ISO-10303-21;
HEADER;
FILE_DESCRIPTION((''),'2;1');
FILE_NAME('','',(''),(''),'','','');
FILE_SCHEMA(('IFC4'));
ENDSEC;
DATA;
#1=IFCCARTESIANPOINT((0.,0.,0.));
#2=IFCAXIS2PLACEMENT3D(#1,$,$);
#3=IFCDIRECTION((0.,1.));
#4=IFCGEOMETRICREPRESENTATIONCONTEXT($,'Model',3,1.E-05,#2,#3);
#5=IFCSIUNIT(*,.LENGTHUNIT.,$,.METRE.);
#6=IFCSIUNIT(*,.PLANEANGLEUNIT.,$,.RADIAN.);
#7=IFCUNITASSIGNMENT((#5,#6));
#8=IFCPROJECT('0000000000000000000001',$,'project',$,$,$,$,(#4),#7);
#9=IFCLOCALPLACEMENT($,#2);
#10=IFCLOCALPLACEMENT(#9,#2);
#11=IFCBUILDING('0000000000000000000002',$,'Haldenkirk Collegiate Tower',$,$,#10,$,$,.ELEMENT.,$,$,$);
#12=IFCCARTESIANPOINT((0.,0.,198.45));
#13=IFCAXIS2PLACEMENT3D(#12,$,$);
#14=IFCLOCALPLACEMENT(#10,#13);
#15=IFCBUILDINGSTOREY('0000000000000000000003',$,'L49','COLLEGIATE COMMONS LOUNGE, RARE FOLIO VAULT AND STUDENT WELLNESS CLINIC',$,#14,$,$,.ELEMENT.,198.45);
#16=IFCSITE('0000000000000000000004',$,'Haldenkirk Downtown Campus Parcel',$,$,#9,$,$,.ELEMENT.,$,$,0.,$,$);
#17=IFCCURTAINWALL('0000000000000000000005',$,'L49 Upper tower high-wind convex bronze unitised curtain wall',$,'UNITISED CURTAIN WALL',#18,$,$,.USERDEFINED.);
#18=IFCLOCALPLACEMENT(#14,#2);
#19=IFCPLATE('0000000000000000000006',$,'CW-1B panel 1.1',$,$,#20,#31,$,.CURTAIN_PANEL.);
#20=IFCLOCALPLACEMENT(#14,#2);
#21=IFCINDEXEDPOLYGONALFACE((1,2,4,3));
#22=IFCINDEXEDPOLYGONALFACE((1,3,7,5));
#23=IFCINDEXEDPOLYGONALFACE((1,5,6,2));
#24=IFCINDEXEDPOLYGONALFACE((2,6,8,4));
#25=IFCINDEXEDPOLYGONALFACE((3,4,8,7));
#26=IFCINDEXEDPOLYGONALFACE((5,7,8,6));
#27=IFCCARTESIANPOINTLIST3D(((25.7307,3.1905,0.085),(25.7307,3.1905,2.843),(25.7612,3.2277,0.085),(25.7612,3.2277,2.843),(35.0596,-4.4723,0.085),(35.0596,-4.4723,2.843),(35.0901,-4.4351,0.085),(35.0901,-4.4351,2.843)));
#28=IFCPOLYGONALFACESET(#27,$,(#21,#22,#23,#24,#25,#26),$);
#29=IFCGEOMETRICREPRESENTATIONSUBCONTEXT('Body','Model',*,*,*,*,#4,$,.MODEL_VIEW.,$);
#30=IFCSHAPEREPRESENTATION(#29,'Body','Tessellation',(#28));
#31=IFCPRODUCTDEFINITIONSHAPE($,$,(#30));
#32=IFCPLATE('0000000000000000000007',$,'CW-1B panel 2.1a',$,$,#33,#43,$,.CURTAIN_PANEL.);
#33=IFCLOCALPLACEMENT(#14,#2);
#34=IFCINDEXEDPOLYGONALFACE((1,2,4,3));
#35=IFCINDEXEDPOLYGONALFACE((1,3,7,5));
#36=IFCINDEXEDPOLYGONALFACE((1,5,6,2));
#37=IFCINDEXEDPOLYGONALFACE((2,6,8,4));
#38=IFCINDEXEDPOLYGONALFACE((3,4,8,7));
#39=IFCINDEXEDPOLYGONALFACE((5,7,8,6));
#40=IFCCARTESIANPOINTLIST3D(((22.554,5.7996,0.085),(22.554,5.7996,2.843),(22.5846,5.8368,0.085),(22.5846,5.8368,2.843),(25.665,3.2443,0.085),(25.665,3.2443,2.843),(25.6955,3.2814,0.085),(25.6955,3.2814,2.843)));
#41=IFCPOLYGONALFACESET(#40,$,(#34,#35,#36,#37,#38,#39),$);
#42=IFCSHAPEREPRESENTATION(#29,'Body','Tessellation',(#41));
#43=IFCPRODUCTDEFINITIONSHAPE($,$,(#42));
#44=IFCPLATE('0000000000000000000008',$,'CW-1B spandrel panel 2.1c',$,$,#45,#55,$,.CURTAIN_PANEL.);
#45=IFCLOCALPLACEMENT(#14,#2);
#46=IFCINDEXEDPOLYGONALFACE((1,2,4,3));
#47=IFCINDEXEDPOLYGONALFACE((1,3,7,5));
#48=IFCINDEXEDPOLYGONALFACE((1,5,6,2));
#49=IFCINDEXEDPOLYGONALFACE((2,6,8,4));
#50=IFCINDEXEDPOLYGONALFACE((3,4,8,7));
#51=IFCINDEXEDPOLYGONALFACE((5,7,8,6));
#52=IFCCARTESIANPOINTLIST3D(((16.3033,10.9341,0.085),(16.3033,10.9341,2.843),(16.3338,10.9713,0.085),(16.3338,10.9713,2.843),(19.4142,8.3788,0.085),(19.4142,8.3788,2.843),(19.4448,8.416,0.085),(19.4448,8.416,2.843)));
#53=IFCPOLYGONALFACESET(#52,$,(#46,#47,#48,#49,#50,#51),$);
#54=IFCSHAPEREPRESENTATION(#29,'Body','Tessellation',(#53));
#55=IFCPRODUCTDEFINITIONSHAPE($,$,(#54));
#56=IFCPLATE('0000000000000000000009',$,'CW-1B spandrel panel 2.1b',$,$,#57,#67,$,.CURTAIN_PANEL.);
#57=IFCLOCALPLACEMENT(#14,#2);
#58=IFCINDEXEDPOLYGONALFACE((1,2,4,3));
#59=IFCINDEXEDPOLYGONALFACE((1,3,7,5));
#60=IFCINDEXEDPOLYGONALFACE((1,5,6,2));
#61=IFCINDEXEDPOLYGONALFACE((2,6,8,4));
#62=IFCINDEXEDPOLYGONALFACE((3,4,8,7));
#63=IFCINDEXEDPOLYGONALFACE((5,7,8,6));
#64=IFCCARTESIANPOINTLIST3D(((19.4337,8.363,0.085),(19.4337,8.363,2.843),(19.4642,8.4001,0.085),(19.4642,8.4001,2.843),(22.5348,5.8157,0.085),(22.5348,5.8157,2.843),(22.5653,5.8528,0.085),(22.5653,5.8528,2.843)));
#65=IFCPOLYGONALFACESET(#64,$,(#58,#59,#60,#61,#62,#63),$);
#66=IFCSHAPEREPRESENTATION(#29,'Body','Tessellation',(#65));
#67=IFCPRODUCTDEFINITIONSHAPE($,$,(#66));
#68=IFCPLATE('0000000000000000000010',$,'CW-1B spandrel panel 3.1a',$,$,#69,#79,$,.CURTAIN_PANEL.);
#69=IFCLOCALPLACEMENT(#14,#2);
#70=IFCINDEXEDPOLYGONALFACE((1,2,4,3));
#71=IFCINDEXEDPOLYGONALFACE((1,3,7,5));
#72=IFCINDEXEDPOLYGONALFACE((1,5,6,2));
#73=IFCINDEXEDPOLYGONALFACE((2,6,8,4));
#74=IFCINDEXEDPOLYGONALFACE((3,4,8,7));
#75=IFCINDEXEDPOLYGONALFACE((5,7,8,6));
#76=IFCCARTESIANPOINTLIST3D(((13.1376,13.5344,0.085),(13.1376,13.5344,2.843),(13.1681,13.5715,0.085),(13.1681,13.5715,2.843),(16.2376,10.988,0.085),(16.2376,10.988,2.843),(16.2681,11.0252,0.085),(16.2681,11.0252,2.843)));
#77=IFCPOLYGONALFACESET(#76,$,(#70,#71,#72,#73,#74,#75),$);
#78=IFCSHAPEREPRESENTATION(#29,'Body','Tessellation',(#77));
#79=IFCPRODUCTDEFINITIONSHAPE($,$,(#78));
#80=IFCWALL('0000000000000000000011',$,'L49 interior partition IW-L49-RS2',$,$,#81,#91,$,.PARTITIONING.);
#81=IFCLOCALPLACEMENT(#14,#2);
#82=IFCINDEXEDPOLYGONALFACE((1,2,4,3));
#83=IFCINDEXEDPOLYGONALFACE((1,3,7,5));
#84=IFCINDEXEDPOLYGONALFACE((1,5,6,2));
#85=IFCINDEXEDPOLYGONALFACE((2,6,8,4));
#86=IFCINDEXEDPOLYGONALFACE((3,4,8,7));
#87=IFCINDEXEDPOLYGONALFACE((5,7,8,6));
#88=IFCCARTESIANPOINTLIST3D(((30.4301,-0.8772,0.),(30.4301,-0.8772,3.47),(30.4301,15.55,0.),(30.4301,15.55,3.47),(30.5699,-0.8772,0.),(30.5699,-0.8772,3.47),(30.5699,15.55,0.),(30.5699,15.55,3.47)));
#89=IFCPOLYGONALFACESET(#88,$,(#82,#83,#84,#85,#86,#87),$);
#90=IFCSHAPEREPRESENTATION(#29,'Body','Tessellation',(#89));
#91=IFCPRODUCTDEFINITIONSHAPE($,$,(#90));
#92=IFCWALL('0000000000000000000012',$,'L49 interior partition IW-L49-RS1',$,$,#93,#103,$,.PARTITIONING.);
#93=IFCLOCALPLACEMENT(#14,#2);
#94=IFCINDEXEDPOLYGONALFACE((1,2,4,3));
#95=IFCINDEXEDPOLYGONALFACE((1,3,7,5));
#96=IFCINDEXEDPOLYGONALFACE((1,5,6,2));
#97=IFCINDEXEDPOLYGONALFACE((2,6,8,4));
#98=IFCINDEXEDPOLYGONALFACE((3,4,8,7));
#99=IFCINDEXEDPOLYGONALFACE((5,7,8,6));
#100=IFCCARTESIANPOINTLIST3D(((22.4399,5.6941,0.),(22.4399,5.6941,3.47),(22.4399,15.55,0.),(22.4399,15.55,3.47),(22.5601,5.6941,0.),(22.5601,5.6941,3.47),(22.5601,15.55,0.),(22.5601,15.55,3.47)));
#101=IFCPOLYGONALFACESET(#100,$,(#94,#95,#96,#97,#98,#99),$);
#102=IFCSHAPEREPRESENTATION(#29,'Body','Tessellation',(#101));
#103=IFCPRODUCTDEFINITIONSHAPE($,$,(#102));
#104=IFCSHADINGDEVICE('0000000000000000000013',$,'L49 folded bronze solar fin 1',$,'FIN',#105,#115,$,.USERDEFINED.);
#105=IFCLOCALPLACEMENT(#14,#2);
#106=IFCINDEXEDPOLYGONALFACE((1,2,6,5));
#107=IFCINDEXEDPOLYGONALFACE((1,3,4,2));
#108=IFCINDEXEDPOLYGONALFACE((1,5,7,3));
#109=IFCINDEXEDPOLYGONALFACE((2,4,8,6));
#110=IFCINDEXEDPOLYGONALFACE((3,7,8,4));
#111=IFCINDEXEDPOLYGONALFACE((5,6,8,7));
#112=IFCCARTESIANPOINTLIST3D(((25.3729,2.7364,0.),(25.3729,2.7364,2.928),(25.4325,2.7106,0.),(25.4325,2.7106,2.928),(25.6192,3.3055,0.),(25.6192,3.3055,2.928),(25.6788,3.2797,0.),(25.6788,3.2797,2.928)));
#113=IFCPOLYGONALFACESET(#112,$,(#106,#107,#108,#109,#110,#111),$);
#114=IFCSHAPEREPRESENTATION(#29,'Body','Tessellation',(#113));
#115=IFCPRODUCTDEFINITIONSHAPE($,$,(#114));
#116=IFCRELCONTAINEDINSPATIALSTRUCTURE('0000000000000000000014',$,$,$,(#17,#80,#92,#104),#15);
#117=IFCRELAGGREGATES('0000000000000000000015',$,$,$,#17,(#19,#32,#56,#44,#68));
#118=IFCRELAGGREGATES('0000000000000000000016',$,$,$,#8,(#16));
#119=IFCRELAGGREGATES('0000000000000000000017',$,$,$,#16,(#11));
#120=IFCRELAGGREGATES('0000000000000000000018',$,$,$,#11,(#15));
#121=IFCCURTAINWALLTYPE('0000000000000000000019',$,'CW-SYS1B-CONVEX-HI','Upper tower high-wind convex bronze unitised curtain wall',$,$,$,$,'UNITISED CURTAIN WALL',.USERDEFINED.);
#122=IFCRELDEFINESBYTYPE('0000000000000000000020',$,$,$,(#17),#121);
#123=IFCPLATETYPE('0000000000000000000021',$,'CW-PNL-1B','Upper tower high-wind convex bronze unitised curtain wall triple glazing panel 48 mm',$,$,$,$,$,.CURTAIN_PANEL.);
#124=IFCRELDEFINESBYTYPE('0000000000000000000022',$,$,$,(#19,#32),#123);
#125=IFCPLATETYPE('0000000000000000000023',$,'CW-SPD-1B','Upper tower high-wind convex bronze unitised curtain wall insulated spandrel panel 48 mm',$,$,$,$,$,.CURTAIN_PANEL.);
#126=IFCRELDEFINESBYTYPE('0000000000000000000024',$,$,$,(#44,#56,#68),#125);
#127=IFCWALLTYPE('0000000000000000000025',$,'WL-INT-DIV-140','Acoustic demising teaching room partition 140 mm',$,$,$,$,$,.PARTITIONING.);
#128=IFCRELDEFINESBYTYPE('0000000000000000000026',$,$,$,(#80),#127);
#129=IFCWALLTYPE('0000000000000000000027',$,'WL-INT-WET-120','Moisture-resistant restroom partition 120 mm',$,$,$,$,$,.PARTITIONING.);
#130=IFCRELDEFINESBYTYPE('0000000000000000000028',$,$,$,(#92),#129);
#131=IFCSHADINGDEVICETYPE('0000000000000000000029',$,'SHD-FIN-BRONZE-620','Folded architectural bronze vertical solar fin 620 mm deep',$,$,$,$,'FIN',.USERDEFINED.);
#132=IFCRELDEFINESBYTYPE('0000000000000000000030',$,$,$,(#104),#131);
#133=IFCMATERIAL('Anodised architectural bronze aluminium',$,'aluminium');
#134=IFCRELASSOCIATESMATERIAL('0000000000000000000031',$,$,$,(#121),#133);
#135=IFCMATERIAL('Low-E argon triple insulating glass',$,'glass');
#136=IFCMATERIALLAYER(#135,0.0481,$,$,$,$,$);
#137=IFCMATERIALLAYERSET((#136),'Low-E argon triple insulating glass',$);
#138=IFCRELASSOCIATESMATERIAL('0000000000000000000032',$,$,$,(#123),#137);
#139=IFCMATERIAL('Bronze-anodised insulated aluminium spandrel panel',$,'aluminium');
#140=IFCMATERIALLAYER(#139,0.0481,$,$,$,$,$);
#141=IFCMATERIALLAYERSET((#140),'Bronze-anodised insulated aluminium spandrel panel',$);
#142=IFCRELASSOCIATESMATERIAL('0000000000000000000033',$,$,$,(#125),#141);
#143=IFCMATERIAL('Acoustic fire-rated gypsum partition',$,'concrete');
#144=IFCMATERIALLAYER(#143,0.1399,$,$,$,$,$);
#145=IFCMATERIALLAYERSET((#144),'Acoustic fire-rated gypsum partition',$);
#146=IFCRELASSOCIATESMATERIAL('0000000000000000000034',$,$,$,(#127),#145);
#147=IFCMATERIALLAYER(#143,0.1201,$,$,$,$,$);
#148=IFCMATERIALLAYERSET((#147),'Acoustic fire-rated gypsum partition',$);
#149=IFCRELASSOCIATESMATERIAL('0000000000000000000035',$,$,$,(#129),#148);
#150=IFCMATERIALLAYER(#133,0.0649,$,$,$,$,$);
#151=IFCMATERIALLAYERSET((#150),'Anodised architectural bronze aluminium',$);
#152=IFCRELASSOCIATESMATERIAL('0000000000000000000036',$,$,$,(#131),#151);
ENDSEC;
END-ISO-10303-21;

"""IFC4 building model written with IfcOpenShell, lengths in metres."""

from ifc_helpers import new_model, si_unit, direction, frame, frame_2d, origin, origin_2d, place, context, subcontext, project, spatial, rectangle, extrude, source, transform, mapped, material, layer, layer_set, type_object, element, aggregate, save


model = new_model("IFC4")

# Units and contexts
model_context = context("Model", 3, precision=1e-05, world=origin(), true_north=direction((0.0, 1.0)))
body_context = subcontext(model_context, "Body", "Model", "MODEL_VIEW")
ifc_project = project(units=[si_unit("LENGTHUNIT", "METRE"), si_unit("PLANEANGLEUNIT", "RADIAN")], contexts=[model_context])

# Site, building, storey
site_placement = place(None, origin())
site = spatial("IfcSite", under=ifc_project, at=site_placement, Name="Haldenkirk Downtown Campus Parcel", CompositionType="ELEMENT", RefElevation=0.0)
building_placement = place(site_placement, origin())
building = spatial("IfcBuilding", under=site, at=building_placement, Name="Haldenkirk Collegiate Tower", CompositionType="ELEMENT")
storey_placement = place(building_placement, frame((0.0, 0.0, 198.45)))
storey = spatial("IfcBuildingStorey", under=building, at=storey_placement, Name="L49", Description="COLLEGIATE COMMONS LOUNGE, RARE FOLIO VAULT AND STUDENT WELLNESS CLINIC", CompositionType="ELEMENT", Elevation=198.45)

# Curtain wall, plates
ifc_material_1 = material(Name="Anodised architectural bronze aluminium", Category="aluminium")
curtain_wall_type = type_object("IfcCurtainWallType", Name="CW-SYS1B-CONVEX-HI", Description="Upper tower high-wind convex bronze unitised curtain wall", ElementType="UNITISED CURTAIN WALL", PredefinedType="USERDEFINED", material=ifc_material_1)
curtain_wall_placement = place(storey_placement, origin())
curtain_wall = element("IfcCurtainWall", 1, at=curtain_wall_placement, inside=storey, type_object=curtain_wall_type, Name="L49 Upper tower high-wind convex bronze unitised curtain wall", ObjectType="UNITISED CURTAIN WALL", PredefinedType="USERDEFINED")
ifc_material_2 = material(Name="Low-E argon triple insulating glass", Category="glass")
ifc_layer_1 = layer(ifc_material_2, 0.0481)
ifc_layer_set_1 = layer_set([ifc_layer_1], Name="Low-E argon triple insulating glass")
plate_type_1 = type_object("IfcPlateType", Name="CW-PNL-1B", Description="Upper tower high-wind convex bronze unitised curtain wall triple glazing panel 48 mm", PredefinedType="CURTAIN_PANEL", material=ifc_layer_set_1)
shared_shape_1 = source(origin(), body_context, "Body", "SweptSolid", [
    extrude(rectangle(XDim=12.0725, YDim=0.0481, at=origin_2d()), origin(), (0.0, 0.0, 1.0), 2.7581),
])
plate_1_placement = place(storey_placement, frame((30.4104, -0.6223, 0.085), z_axis=(0.0, 0.0, 1.0), x_axis=(-0.772734, 0.63473, 0.0)))
plate_1 = element("IfcPlate", 2, at=plate_1_placement, type_object=plate_type_1, Name="CW-1B panel 1.1", PredefinedType="CURTAIN_PANEL", context=body_context, shape_type="MappedRepresentation", body=[
    mapped(shared_shape_1, transform((0.0, 0.0, 0.0), x_axis=(1.0, 0.0, 0.0), y_axis=(0.0, 1.0, 0.0), z_axis=(0.0, 0.0, 1.0), scale=1.0)),
])
shared_shape_2 = source(origin(), body_context, "Body", "SweptSolid", [
    extrude(rectangle(XDim=4.0259, YDim=0.0481, at=origin_2d()), origin(), (0.0, 0.0, 1.0), 2.7581),
])
plate_2_placement = place(storey_placement, frame((24.1248, 4.5405, 0.085), z_axis=(0.0, 0.0, 1.0), x_axis=(-0.772734, 0.63473, 0.0)))
plate_2 = element("IfcPlate", 3, at=plate_2_placement, type_object=plate_type_1, Name="CW-1B panel 2.1a", PredefinedType="CURTAIN_PANEL", context=body_context, shape_type="MappedRepresentation", body=[
    mapped(shared_shape_2, transform((0.0, 0.0, 0.0), x_axis=(1.0, 0.0, 0.0), y_axis=(0.0, 1.0, 0.0), z_axis=(0.0, 0.0, 1.0), scale=1.0)),
])
ifc_material_3 = material(Name="Bronze-anodised insulated aluminium spandrel panel", Category="aluminium")
ifc_layer_2 = layer(ifc_material_3, 0.0481)
ifc_layer_set_2 = layer_set([ifc_layer_2], Name="Bronze-anodised insulated aluminium spandrel panel")
plate_type_2 = type_object("IfcPlateType", Name="CW-SPD-1B", Description="Upper tower high-wind convex bronze unitised curtain wall insulated spandrel panel 48 mm", PredefinedType="CURTAIN_PANEL", material=ifc_layer_set_2)
plate_3_placement = place(storey_placement, frame((17.874, 9.675, 0.085), z_axis=(0.0, 0.0, 1.0), x_axis=(-0.772734, 0.63473, 0.0)))
plate_3 = element("IfcPlate", 4, at=plate_3_placement, type_object=plate_type_2, Name="CW-1B spandrel panel 2.1c", PredefinedType="CURTAIN_PANEL", context=body_context, shape_type="MappedRepresentation", body=[
    mapped(shared_shape_2, transform((0.0, 0.0, 0.0), x_axis=(1.0, 0.0, 0.0), y_axis=(0.0, 1.0, 0.0), z_axis=(0.0, 0.0, 1.0), scale=1.0)),
])
shared_shape_3 = source(origin(), body_context, "Body", "SweptSolid", [
    extrude(rectangle(XDim=4.0132, YDim=0.0481, at=origin_2d()), origin(), (0.0, 0.0, 1.0), 2.7581),
])
plate_4_placement = place(storey_placement, frame((20.9995, 7.1079, 0.085), z_axis=(0.0, 0.0, 1.0), x_axis=(-0.772734, 0.63473, 0.0)))
plate_4 = element("IfcPlate", 5, at=plate_4_placement, type_object=plate_type_2, Name="CW-1B spandrel panel 2.1b", PredefinedType="CURTAIN_PANEL", context=body_context, shape_type="MappedRepresentation", body=[
    mapped(shared_shape_3, transform((0.0, 0.0, 0.0), x_axis=(1.0, 0.0, 0.0), y_axis=(0.0, 1.0, 0.0), z_axis=(0.0, 0.0, 1.0), scale=1.0)),
])
shared_shape_4 = source(origin(), body_context, "Body", "SweptSolid", [
    extrude(rectangle(XDim=4.0117, YDim=0.0481, at=origin_2d()), origin(), (0.0, 0.0, 1.0), 2.7581),
])
plate_5_placement = place(storey_placement, frame((14.7029, 12.2798, 0.085), z_axis=(0.0, 0.0, 1.0), x_axis=(-0.772734, 0.63473, 0.0)))
plate_5 = element("IfcPlate", 6, at=plate_5_placement, type_object=plate_type_2, Name="CW-1B spandrel panel 3.1a", PredefinedType="CURTAIN_PANEL", context=body_context, shape_type="MappedRepresentation", body=[
    mapped(shared_shape_4, transform((0.0, 0.0, 0.0), x_axis=(1.0, 0.0, 0.0), y_axis=(0.0, 1.0, 0.0), z_axis=(0.0, 0.0, 1.0), scale=1.0)),
])
aggregate(curtain_wall, [plate_1, plate_2, plate_4, plate_3, plate_5])

# Walls
ifc_material_4 = material(Name="Acoustic fire-rated gypsum partition", Category="concrete")
ifc_layer_3 = layer(ifc_material_4, 0.1399)
ifc_layer_set_3 = layer_set([ifc_layer_3], Name="Acoustic fire-rated gypsum partition")
wall_type_1 = type_object("IfcWallType", Name="WL-INT-DIV-140", Description="Acoustic demising teaching room partition 140 mm", PredefinedType="PARTITIONING", material=ifc_layer_set_3)
wall_1_placement = place(storey_placement, frame((30.5, -0.8772, 0.0), z_axis=(0.0, 0.0, 1.0), x_axis=(0.0, 1.0, 0.0)))
element("IfcWall", 7, at=wall_1_placement, inside=storey, type_object=wall_type_1, Name="L49 interior partition IW-L49-RS2", PredefinedType="PARTITIONING", context=body_context, shape_type="SweptSolid", body=[
    extrude(rectangle(XDim=16.4272, YDim=0.1399, at=frame_2d((8.2136, 0.0))), origin(), (0.0, 0.0, 1.0), 3.47),
])
ifc_layer_4 = layer(ifc_material_4, 0.1201)
ifc_layer_set_4 = layer_set([ifc_layer_4], Name="Acoustic fire-rated gypsum partition")
wall_type_2 = type_object("IfcWallType", Name="WL-INT-WET-120", Description="Moisture-resistant restroom partition 120 mm", PredefinedType="PARTITIONING", material=ifc_layer_set_4)
wall_2_placement = place(storey_placement, frame((22.5, 5.6941, 0.0), z_axis=(0.0, 0.0, 1.0), x_axis=(0.0, 1.0, 0.0)))
element("IfcWall", 8, at=wall_2_placement, inside=storey, type_object=wall_type_2, Name="L49 interior partition IW-L49-RS1", PredefinedType="PARTITIONING", context=body_context, shape_type="SweptSolid", body=[
    extrude(rectangle(XDim=9.856, YDim=0.1201, at=frame_2d((4.928, 0.0))), origin(), (0.0, 0.0, 1.0), 3.47),
])

# Shading device
ifc_layer_5 = layer(ifc_material_1, 0.0649)
ifc_layer_set_5 = layer_set([ifc_layer_5], Name="Anodised architectural bronze aluminium")
shading_device_type = type_object("IfcShadingDeviceType", Name="SHD-FIN-BRONZE-620", Description="Folded architectural bronze vertical solar fin 620 mm deep", ElementType="FIN", PredefinedType="USERDEFINED", material=ifc_layer_set_5)
shared_shape_5 = source(origin(), body_context, "Body", "SweptSolid", [
    extrude(rectangle(XDim=0.6201, YDim=0.0649, at=origin_2d()), origin(), (0.0, 0.0, 1.0), 2.928),
])
shading_device_placement = place(storey_placement, frame((25.5259, 3.0081, 0.0), z_axis=(0.0, 0.0, 1.0), x_axis=(-0.397148, -0.917755, 0.0)))
element("IfcShadingDevice", 9, at=shading_device_placement, inside=storey, type_object=shading_device_type, Name="L49 folded bronze solar fin 1", ObjectType="FIN", PredefinedType="USERDEFINED", context=body_context, shape_type="MappedRepresentation", body=[
    mapped(shared_shape_5, transform((0.0, 0.0, 0.0), x_axis=(1.0, 0.0, 0.0), y_axis=(0.0, 1.0, 0.0), z_axis=(0.0, 0.0, 1.0), scale=1.0)),
])

save(model, "model.ifc")
